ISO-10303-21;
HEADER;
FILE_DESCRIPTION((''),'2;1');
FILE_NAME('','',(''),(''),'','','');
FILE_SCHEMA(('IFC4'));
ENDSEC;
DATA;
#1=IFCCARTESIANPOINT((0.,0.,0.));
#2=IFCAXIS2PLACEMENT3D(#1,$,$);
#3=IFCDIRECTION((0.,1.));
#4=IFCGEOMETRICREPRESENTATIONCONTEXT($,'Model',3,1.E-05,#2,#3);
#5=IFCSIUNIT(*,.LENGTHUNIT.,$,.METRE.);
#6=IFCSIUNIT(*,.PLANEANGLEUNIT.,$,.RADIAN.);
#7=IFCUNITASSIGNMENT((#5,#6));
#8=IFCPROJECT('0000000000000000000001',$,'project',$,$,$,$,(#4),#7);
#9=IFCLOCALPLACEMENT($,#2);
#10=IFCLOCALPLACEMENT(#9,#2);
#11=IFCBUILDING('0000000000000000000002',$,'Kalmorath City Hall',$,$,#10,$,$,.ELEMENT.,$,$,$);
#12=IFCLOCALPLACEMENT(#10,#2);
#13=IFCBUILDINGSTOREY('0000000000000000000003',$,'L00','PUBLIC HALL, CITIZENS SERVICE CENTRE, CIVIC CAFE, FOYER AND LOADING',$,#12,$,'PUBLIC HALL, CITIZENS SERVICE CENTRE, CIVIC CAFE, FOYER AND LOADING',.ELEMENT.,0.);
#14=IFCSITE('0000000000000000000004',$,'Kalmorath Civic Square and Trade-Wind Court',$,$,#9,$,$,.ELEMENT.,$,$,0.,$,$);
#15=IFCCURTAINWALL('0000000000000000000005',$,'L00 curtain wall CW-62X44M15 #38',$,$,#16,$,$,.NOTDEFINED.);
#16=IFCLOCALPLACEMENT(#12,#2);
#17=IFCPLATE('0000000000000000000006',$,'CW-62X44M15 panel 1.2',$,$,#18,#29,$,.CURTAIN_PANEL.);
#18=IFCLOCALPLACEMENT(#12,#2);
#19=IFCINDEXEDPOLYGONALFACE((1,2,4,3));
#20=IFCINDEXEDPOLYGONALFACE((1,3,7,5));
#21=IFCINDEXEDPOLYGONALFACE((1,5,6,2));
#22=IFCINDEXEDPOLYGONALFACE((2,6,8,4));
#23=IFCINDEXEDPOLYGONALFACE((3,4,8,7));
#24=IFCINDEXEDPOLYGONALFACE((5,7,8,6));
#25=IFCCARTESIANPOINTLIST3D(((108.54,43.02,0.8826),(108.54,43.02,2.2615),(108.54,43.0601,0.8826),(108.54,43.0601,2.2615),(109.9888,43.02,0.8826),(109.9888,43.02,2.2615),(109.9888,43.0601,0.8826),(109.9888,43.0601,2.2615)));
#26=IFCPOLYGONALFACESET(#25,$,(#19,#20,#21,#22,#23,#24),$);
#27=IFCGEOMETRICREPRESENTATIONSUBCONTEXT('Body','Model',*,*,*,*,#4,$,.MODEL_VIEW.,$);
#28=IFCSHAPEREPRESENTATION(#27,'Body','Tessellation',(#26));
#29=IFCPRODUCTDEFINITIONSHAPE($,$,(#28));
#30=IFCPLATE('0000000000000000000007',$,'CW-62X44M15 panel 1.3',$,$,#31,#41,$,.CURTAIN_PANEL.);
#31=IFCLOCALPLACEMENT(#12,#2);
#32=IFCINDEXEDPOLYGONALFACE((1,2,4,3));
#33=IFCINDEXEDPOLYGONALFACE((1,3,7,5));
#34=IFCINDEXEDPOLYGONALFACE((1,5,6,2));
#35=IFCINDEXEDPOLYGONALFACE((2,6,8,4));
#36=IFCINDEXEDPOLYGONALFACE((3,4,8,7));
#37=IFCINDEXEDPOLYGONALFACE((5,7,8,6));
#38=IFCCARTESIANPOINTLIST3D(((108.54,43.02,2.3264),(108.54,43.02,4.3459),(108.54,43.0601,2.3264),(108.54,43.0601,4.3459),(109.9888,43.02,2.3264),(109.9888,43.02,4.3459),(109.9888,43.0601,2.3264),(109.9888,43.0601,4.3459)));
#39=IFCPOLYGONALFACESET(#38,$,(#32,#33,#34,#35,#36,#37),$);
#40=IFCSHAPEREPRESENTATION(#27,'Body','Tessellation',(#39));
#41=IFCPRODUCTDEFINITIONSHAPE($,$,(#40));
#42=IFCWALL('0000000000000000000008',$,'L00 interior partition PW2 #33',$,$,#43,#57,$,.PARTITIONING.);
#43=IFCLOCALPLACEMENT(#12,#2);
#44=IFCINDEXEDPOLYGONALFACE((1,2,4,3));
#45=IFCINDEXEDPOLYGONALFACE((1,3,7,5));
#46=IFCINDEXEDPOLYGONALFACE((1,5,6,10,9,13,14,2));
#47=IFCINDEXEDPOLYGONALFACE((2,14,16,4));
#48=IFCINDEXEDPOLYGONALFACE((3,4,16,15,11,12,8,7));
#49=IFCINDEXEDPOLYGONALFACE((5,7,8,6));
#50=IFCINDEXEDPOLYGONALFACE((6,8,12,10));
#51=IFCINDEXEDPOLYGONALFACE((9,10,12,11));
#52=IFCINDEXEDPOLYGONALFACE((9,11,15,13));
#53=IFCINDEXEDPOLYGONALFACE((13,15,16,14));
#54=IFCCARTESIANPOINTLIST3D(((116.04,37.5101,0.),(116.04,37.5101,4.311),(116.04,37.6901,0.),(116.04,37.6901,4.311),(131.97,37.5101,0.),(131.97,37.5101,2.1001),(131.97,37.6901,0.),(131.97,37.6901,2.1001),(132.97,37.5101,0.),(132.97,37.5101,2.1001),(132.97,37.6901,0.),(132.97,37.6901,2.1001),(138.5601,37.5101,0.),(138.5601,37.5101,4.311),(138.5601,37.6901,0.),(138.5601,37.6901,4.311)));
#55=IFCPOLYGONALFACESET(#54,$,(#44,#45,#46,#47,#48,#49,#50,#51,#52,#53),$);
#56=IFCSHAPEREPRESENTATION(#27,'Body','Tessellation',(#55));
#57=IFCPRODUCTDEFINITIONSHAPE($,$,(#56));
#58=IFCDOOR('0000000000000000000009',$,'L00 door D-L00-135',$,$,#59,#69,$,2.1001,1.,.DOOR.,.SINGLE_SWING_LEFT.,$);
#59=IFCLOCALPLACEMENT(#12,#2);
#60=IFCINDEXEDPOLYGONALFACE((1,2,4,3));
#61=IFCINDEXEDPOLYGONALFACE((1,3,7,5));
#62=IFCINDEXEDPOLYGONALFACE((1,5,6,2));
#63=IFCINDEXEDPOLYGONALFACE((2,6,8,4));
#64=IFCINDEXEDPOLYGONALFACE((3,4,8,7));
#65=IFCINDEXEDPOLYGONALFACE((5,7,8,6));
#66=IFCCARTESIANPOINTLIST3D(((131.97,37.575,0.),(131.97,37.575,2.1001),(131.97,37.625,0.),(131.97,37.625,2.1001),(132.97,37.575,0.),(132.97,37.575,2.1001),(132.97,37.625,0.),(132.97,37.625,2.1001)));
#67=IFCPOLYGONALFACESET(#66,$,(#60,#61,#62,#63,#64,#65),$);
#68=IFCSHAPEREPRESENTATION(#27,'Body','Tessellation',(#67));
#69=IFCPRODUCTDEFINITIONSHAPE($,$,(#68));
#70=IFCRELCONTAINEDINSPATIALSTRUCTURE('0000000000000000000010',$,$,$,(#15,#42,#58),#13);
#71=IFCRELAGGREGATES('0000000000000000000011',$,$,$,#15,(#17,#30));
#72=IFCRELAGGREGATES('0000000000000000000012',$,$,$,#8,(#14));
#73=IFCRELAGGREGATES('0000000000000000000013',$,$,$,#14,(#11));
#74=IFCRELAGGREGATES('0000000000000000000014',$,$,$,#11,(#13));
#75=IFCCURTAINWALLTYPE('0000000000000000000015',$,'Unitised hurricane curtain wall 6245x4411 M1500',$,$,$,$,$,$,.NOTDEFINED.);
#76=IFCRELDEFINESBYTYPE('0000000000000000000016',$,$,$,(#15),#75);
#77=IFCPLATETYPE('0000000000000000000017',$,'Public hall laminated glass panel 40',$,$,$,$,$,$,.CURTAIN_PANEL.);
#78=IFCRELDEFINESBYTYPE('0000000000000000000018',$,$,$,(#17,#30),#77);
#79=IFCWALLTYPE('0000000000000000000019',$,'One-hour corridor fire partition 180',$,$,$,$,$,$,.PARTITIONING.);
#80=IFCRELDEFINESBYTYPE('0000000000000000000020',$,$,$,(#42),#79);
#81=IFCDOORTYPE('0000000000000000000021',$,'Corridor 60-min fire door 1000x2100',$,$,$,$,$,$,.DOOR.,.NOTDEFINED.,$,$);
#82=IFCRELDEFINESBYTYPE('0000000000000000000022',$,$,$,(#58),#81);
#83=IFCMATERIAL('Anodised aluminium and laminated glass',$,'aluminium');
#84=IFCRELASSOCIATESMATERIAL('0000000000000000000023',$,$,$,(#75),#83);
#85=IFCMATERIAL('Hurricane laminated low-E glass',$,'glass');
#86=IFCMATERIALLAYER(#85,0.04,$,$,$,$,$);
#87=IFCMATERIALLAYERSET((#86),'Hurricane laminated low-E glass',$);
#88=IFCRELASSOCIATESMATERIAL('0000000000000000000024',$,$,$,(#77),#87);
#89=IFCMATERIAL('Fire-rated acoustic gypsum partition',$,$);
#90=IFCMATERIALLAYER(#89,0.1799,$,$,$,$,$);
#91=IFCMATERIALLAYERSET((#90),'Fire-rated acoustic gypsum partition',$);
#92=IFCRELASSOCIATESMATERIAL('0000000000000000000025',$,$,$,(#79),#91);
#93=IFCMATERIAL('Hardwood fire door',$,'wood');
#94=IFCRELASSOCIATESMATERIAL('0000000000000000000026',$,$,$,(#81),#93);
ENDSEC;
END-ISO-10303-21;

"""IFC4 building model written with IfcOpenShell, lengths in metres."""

from ifc_helpers import new_model, si_unit, direction, frame, frame_2d, origin, origin_2d, place, context, subcontext, project, spatial, rectangle, extrude, material, layer, layer_set, type_object, element, fill, aggregate, save


model = new_model("IFC4")

# Units and contexts
model_context = context("Model", 3, precision=1e-05, world=origin(), true_north=direction((0.0, 1.0)))
body_context = subcontext(model_context, "Body", "Model", "MODEL_VIEW")
ifc_project = project(units=[si_unit("LENGTHUNIT", "METRE"), si_unit("PLANEANGLEUNIT", "RADIAN")], contexts=[model_context])

# Site, building, storey
site_placement = place(None, origin())
site = spatial("IfcSite", under=ifc_project, at=site_placement, Name="Kalmorath Civic Square and Trade-Wind Court", CompositionType="ELEMENT", RefElevation=0.0)
building_placement = place(site_placement, origin())
building = spatial("IfcBuilding", under=site, at=building_placement, Name="Kalmorath City Hall", CompositionType="ELEMENT")
storey_placement = place(building_placement, origin())
storey = spatial("IfcBuildingStorey", under=building, at=storey_placement, Name="L00", Description="PUBLIC HALL, CITIZENS SERVICE CENTRE, CIVIC CAFE, FOYER AND LOADING", LongName="PUBLIC HALL, CITIZENS SERVICE CENTRE, CIVIC CAFE, FOYER AND LOADING", CompositionType="ELEMENT", Elevation=0.0)

# Curtain wall
ifc_material_1 = material(Name="Anodised aluminium and laminated glass", Category="aluminium")
curtain_wall_type_1 = type_object("IfcCurtainWallType", Name="Unitised hurricane curtain wall 6245x4411 M1500", PredefinedType="NOTDEFINED", material=ifc_material_1)
curtain_wall_1_placement = place(storey_placement, origin())
curtain_wall_1 = element("IfcCurtainWall", 1, at=curtain_wall_1_placement, inside=storey, type_object=curtain_wall_type_1, Name="L00 curtain wall CW-62X44M15 #38", PredefinedType="NOTDEFINED")

# Plates
ifc_material_2 = material(Name="Hurricane laminated low-E glass", Category="glass")
ifc_layer_1 = layer(ifc_material_2, 0.04)
ifc_layer_set_1 = layer_set([ifc_layer_1], Name="Hurricane laminated low-E glass")
plate_type = type_object("IfcPlateType", Name="Public hall laminated glass panel 40", PredefinedType="CURTAIN_PANEL", material=ifc_layer_set_1)
plate_1_placement = place(storey_placement, frame((109.2644, 43.04, 0.8826), z_axis=(0.0, 0.0, 1.0), x_axis=(1.0, 0.0, 0.0)))
plate_1 = element("IfcPlate", 2, at=plate_1_placement, type_object=plate_type, Name="CW-62X44M15 panel 1.2", PredefinedType="CURTAIN_PANEL", context=body_context, shape_type="SweptSolid", body=[
    extrude(rectangle(XDim=1.4487, YDim=0.04, at=origin_2d()), origin(), (0.0, 0.0, 1.0), 1.3789),
])
plate_2_placement = place(storey_placement, frame((109.2644, 43.04, 2.3264), z_axis=(0.0, 0.0, 1.0), x_axis=(1.0, 0.0, 0.0)))
plate_2 = element("IfcPlate", 3, at=plate_2_placement, type_object=plate_type, Name="CW-62X44M15 panel 1.3", PredefinedType="CURTAIN_PANEL", context=body_context, shape_type="SweptSolid", body=[
    extrude(rectangle(XDim=1.4487, YDim=0.04, at=origin_2d()), origin(), (0.0, 0.0, 1.0), 2.0195),
])
aggregate(curtain_wall_1, [plate_1, plate_2])

# Wall, opening, door
ifc_material_3 = material(Name="Fire-rated acoustic gypsum partition")
ifc_layer_2 = layer(ifc_material_3, 0.1799)
ifc_layer_set_2 = layer_set([ifc_layer_2], Name="Fire-rated acoustic gypsum partition")
wall_type = type_object("IfcWallType", Name="One-hour corridor fire partition 180", PredefinedType="PARTITIONING", material=ifc_layer_set_2)
wall_placement = place(storey_placement, frame((116.04, 37.6001, 0.0), z_axis=(0.0, 0.0, 1.0), x_axis=(1.0, 0.0, 0.0)))
wall = element("IfcWall", 4, at=wall_placement, inside=storey, type_object=wall_type, Name="L00 interior partition PW2 #33", PredefinedType="PARTITIONING", context=body_context, shape_type="SweptSolid", body=[
    extrude(rectangle(XDim=22.52, YDim=0.1799, at=frame_2d((11.26, 0.0))), origin(), (0.0, 0.0, 1.0), 4.311),
])
opening_placement = place(wall_placement, frame((15.9299, 0.0, 0.0)))
opening = element("IfcOpeningElement", 5, at=opening_placement, cuts=wall, PredefinedType="OPENING", context=body_context, shape_type="SweptSolid", body=[
    extrude(rectangle(XDim=1.0, YDim=2.1001, at=frame_2d((0.5, 1.05))), frame((0.0, 0.0999, 0.0), z_axis=(0.0, -1.0, 0.0), x_axis=(1.0, 0.0, 0.0)), (0.0, 0.0, 1.0), 0.2),
])
ifc_material_4 = material(Name="Hardwood fire door", Category="wood")
door_type = type_object("IfcDoorType", Name="Corridor 60-min fire door 1000x2100", OperationType="NOTDEFINED", PredefinedType="DOOR", material=ifc_material_4)
door_placement = place(opening_placement, origin())
door = element("IfcDoor", 6, at=door_placement, inside=storey, type_object=door_type, Name="L00 door D-L00-135", OperationType="SINGLE_SWING_LEFT", OverallHeight=2.1001, OverallWidth=1.0, PredefinedType="DOOR", context=body_context, shape_type="SweptSolid", body=[
    extrude(rectangle(XDim=1.0, YDim=2.1001, at=frame_2d((0.5, 1.05))), frame((0.0, 0.0249, 0.0), z_axis=(0.0, -1.0, 0.0), x_axis=(1.0, 0.0, 0.0)), (0.0, 0.0, 1.0), 0.05),
])
fill(opening, door)

save(model, "model.ifc")
